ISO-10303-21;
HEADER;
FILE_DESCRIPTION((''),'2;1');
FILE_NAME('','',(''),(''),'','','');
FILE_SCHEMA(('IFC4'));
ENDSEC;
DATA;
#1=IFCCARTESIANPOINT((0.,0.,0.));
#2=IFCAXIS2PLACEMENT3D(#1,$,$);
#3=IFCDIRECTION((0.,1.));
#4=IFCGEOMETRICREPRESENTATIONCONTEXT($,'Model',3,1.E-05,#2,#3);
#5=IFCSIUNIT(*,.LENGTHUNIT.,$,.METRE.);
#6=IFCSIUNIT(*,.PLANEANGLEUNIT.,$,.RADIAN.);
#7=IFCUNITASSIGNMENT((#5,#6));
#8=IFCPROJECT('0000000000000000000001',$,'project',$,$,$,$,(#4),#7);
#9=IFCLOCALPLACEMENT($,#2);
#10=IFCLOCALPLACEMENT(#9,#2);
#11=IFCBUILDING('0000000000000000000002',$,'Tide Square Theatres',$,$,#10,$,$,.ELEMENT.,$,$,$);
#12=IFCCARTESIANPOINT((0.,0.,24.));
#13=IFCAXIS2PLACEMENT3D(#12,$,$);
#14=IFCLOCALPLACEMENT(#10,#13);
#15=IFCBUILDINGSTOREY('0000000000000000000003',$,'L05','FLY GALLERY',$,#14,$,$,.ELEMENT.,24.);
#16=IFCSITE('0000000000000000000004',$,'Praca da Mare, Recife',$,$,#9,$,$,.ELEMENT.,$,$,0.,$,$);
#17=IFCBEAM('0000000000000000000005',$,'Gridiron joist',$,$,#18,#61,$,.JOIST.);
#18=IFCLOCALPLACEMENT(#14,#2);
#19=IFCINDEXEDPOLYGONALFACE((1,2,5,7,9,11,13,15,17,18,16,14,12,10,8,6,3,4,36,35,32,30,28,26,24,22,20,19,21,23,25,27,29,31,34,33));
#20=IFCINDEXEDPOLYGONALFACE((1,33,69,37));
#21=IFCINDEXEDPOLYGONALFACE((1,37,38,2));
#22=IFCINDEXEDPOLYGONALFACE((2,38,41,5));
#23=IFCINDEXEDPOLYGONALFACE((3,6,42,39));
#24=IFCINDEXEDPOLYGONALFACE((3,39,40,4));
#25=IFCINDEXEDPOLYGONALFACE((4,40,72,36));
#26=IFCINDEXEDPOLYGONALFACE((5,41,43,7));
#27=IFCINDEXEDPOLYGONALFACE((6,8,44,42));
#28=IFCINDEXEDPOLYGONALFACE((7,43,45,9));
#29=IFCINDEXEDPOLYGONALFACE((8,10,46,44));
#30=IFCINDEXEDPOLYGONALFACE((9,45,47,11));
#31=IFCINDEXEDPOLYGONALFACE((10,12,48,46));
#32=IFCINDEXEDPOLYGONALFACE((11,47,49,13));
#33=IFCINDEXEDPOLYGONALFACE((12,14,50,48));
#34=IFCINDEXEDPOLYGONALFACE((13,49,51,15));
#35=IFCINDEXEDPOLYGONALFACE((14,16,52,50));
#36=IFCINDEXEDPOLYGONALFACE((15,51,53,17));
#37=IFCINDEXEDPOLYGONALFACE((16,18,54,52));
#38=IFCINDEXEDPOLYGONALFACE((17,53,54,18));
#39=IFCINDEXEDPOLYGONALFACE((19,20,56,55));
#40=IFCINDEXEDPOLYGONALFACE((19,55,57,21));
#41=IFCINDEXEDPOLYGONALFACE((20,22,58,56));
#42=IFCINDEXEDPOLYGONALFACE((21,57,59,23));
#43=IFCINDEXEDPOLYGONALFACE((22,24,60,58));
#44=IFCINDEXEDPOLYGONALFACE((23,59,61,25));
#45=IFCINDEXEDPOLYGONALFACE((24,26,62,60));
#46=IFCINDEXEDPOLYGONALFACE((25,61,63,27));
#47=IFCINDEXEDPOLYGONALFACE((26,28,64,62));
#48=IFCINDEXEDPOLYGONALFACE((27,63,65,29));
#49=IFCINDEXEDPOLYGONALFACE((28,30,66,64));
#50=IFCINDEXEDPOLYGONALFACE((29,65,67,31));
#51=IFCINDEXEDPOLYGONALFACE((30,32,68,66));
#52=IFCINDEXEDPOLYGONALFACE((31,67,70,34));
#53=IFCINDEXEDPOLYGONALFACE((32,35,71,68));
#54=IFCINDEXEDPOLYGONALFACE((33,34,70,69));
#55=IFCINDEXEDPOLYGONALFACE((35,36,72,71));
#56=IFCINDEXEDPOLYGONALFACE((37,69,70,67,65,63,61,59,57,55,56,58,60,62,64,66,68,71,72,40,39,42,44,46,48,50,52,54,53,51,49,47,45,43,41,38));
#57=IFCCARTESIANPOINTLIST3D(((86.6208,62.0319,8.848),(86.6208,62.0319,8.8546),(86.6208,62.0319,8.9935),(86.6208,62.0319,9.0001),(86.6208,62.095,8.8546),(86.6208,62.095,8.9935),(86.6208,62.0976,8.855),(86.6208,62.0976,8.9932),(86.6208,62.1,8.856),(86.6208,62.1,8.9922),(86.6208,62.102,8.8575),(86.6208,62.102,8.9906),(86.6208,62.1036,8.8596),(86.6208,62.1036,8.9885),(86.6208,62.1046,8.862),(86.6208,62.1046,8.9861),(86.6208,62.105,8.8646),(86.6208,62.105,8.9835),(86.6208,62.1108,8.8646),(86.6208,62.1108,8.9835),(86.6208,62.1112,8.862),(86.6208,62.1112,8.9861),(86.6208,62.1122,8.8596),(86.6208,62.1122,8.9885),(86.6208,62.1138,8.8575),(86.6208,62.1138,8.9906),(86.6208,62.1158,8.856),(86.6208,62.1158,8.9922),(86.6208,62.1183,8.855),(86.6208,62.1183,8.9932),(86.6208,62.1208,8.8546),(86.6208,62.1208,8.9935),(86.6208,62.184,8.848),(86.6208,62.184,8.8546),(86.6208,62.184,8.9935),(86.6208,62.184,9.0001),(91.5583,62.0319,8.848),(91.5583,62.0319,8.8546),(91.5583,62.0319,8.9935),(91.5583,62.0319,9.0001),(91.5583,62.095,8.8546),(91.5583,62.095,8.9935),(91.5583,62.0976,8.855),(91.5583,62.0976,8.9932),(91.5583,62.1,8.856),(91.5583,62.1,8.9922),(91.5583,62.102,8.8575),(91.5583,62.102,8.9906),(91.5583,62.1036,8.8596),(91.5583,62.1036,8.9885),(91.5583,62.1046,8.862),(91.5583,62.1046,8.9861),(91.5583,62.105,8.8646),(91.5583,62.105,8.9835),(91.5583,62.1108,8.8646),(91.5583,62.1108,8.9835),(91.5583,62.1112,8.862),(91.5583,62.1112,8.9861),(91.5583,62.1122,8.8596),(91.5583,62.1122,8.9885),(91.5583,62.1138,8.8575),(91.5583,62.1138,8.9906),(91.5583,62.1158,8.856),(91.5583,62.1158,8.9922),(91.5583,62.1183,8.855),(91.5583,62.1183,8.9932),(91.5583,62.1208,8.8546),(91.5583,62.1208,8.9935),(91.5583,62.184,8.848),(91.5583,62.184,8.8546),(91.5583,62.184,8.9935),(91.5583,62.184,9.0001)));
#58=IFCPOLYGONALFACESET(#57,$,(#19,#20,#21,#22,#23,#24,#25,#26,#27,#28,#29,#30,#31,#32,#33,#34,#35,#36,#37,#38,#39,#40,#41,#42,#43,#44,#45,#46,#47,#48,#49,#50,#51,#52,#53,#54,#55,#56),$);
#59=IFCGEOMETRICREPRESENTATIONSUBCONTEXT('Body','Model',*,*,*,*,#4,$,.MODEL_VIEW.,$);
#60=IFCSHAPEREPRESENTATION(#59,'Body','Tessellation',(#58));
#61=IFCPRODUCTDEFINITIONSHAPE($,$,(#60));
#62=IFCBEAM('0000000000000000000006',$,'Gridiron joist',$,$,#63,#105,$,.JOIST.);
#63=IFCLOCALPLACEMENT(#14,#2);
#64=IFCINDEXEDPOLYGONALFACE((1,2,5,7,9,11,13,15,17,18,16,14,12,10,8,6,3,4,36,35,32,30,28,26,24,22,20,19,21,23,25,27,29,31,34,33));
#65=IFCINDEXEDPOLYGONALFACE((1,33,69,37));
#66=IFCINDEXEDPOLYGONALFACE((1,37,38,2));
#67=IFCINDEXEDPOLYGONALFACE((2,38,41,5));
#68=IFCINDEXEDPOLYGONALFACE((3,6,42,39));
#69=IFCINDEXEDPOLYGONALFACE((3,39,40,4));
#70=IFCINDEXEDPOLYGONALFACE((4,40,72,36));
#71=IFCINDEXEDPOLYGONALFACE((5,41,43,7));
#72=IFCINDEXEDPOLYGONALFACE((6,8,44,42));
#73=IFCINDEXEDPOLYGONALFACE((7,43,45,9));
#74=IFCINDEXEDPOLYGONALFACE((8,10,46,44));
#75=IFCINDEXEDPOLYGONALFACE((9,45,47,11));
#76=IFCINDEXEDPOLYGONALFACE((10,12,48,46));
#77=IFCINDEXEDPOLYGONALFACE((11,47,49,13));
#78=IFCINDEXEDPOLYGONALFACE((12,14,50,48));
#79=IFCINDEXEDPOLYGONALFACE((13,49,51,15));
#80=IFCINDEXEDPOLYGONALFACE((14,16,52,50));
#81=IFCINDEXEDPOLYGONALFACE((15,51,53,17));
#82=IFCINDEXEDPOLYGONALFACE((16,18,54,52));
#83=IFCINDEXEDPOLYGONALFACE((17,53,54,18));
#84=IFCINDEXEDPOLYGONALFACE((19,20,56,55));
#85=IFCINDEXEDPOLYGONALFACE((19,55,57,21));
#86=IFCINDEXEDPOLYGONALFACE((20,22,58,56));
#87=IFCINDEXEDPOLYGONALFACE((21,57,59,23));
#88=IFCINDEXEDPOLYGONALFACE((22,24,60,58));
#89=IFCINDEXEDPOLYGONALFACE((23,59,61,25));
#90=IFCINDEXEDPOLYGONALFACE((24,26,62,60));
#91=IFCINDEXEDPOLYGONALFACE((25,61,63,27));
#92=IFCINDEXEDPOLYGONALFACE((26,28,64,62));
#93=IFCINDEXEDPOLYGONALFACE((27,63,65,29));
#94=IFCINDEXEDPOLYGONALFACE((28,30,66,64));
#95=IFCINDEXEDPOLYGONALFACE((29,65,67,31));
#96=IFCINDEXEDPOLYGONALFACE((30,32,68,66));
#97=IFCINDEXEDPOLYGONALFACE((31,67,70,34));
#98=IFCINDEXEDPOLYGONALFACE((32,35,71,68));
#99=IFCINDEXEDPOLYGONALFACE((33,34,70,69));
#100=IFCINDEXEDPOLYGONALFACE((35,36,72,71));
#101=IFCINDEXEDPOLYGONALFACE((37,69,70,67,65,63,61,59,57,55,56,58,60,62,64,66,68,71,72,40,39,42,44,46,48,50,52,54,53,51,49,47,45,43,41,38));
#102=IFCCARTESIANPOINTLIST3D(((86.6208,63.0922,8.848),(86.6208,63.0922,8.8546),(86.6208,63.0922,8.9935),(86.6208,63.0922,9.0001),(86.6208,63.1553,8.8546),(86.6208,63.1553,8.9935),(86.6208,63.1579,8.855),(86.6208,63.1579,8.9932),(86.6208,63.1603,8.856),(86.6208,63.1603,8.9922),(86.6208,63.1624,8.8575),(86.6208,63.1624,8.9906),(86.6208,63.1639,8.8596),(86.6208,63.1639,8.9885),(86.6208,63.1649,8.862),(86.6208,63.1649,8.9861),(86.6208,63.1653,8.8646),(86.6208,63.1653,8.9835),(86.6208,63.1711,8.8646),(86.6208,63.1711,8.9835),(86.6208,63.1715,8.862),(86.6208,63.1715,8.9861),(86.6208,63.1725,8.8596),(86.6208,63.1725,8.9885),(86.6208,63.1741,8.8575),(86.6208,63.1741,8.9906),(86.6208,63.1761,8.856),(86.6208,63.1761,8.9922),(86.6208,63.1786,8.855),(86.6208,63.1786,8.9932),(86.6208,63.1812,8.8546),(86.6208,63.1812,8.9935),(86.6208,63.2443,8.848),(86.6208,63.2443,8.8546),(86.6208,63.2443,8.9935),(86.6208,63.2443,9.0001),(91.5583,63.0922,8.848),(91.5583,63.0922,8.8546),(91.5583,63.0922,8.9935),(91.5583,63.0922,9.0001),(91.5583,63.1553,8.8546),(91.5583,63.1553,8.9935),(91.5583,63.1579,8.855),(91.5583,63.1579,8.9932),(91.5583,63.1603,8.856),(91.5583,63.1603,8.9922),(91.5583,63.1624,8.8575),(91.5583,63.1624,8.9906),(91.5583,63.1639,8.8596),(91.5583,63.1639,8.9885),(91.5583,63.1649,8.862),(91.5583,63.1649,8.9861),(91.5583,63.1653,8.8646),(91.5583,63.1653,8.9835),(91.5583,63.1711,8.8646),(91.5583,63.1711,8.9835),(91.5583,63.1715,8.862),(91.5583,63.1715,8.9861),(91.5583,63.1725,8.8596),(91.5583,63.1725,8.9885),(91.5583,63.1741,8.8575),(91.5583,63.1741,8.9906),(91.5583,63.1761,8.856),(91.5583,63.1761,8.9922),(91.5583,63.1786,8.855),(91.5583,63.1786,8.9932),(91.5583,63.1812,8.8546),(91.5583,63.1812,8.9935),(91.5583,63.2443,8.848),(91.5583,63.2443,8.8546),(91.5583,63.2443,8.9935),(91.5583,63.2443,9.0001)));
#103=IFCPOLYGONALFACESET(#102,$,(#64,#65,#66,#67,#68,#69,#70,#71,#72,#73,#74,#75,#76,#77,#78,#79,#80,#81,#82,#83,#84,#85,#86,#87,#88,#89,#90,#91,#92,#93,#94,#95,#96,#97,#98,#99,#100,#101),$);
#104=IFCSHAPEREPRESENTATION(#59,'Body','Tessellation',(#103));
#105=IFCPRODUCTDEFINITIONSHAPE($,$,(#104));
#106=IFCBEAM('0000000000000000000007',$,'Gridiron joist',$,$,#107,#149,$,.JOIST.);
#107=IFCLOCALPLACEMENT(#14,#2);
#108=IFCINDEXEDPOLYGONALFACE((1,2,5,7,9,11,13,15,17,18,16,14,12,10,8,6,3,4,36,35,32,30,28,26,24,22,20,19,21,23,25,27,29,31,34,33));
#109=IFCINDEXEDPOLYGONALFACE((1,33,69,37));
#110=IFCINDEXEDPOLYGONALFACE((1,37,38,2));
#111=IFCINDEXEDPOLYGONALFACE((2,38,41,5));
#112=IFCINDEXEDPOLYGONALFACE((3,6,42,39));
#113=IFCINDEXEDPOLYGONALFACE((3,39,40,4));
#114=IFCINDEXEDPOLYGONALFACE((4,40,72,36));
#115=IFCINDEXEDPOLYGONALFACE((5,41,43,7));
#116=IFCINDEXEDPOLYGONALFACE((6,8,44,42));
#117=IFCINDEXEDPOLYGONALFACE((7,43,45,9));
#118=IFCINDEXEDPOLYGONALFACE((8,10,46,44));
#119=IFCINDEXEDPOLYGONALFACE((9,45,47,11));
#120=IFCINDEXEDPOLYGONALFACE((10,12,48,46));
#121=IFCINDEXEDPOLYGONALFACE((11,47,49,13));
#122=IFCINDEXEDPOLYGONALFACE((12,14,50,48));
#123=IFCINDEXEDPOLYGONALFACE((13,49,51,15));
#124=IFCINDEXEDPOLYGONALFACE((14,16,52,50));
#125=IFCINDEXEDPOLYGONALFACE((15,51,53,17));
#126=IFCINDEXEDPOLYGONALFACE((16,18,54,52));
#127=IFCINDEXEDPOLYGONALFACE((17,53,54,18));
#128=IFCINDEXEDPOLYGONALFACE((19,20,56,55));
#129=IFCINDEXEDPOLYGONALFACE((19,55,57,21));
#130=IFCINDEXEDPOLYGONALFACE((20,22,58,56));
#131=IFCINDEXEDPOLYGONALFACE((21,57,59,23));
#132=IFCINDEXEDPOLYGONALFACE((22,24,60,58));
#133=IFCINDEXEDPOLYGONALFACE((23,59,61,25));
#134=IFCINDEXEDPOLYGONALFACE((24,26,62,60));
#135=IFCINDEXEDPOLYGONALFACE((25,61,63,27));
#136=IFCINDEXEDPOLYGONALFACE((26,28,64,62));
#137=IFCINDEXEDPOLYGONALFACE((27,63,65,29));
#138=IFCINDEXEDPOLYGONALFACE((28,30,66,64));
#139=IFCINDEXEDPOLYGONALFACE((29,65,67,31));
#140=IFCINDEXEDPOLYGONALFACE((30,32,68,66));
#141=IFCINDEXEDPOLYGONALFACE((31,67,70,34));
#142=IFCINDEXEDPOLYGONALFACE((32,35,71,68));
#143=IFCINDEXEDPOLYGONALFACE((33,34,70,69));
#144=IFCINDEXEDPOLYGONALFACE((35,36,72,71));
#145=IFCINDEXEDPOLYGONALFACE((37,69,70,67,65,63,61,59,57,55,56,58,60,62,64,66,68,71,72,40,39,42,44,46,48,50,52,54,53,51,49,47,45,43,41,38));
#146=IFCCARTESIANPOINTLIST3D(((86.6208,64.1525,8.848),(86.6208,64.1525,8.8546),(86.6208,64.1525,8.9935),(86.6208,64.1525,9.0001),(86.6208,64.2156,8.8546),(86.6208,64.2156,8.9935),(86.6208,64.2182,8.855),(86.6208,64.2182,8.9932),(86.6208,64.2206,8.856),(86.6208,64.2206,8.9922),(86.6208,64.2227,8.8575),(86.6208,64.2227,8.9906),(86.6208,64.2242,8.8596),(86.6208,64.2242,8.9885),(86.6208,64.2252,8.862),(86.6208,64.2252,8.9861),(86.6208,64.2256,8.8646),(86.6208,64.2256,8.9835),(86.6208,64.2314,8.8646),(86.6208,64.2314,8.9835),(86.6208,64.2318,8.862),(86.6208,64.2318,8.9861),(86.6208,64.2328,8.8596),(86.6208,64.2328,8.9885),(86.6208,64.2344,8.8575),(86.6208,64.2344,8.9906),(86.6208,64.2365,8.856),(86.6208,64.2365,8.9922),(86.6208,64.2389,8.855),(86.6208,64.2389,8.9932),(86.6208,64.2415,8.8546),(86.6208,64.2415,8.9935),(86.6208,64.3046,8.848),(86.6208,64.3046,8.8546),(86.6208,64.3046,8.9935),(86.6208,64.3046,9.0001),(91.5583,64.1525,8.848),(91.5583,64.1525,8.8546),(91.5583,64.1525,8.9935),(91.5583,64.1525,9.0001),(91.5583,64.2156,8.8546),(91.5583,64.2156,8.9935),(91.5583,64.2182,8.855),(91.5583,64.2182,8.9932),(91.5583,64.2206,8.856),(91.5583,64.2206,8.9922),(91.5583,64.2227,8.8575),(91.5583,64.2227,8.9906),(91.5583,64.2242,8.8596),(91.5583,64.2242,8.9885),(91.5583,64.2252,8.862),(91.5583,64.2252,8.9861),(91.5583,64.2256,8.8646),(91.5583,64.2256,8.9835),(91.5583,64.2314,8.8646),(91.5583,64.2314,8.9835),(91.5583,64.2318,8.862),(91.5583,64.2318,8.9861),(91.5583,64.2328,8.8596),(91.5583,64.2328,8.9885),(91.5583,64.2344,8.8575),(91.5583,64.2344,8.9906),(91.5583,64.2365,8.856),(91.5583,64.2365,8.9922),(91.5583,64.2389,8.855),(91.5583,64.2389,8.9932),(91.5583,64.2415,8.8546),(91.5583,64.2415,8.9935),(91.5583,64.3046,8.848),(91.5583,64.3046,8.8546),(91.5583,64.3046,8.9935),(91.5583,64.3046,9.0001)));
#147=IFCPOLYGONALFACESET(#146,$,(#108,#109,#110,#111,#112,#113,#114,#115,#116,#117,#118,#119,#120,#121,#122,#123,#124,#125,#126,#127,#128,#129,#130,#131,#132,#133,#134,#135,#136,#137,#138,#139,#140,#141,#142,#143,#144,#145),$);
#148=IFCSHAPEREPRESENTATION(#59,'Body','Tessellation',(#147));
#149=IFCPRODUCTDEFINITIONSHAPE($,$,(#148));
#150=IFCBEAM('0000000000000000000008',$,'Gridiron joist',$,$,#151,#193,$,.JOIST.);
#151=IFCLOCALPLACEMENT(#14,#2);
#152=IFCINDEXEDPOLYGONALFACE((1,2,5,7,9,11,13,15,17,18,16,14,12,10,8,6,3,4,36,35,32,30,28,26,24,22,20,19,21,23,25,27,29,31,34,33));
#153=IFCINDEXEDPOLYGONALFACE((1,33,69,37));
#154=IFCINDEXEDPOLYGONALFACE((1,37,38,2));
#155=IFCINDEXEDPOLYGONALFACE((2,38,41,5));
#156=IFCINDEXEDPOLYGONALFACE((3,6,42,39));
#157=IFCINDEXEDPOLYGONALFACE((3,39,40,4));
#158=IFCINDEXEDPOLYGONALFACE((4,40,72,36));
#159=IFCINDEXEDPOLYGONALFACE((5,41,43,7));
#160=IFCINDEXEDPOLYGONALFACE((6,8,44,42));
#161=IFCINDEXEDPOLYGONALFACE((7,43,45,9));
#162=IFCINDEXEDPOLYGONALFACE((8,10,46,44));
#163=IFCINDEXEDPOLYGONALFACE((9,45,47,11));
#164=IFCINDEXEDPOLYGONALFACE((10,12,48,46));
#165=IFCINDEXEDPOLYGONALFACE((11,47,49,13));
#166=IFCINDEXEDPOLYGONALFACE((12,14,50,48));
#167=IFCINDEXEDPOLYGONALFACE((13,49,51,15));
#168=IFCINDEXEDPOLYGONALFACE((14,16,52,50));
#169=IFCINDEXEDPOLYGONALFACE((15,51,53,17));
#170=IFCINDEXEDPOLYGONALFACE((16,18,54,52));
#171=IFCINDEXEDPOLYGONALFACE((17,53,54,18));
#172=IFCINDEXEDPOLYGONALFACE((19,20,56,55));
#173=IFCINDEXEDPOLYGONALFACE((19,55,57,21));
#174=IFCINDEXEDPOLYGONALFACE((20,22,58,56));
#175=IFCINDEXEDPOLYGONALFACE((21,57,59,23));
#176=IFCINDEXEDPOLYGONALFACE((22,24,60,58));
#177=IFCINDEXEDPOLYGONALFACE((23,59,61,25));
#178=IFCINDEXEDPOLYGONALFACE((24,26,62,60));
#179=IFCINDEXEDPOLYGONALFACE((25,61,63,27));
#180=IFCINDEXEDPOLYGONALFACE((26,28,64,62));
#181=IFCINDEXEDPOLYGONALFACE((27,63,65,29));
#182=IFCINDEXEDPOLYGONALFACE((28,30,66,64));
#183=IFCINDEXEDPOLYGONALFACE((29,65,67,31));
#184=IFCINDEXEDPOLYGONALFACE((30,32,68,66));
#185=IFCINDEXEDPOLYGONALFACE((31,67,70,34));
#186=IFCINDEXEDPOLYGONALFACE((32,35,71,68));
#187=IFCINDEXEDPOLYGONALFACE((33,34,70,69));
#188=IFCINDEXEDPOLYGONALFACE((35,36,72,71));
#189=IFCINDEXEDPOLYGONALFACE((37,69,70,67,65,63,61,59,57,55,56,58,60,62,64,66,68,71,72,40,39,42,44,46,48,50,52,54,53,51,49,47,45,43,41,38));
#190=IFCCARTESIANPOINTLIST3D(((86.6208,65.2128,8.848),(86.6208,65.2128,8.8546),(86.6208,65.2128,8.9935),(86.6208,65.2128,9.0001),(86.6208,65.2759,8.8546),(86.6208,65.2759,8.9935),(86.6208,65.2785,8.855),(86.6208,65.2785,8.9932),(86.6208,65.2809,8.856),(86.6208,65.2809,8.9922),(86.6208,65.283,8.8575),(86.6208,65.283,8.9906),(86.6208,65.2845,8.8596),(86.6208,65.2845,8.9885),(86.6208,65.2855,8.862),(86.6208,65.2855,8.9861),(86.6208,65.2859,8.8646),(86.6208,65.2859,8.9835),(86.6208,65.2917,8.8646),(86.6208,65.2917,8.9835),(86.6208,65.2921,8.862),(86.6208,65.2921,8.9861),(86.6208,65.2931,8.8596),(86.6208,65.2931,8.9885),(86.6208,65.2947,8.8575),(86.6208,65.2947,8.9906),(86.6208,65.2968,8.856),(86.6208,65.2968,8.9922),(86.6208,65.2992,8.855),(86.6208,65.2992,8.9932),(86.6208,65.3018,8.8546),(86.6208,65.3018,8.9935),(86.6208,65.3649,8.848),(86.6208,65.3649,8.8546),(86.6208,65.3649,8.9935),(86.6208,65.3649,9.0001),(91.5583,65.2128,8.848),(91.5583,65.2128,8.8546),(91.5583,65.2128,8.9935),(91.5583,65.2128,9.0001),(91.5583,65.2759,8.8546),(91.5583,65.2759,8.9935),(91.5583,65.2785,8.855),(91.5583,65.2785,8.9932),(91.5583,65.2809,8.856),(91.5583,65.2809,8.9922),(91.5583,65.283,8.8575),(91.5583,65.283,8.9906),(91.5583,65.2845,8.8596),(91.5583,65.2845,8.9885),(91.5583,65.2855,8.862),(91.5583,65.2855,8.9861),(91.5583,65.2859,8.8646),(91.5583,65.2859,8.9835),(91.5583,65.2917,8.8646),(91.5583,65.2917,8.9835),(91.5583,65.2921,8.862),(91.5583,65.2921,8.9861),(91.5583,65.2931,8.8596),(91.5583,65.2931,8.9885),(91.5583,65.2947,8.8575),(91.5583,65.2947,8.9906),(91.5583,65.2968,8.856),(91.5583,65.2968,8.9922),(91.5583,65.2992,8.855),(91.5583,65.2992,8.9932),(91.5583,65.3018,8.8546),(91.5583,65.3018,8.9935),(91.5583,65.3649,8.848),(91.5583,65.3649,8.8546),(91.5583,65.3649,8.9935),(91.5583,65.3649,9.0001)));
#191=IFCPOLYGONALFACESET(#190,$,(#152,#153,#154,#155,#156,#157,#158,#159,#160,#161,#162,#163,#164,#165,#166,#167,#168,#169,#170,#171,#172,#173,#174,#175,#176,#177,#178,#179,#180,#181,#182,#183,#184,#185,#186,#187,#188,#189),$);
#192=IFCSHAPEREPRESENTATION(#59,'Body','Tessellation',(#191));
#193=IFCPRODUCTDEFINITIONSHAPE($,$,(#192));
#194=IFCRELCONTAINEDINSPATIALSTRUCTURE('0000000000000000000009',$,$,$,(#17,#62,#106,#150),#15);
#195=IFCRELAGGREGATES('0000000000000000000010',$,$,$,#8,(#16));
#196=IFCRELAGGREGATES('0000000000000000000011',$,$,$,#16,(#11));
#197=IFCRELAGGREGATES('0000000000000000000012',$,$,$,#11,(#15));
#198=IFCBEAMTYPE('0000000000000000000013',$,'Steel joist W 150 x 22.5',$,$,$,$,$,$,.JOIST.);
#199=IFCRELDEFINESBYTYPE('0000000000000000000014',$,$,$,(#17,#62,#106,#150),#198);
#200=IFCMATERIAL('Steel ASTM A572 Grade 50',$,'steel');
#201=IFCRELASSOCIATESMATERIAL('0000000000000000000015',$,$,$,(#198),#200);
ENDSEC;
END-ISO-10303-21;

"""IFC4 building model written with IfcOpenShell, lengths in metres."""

from ifc_helpers import new_model, si_unit, direction, frame, origin, origin_2d, place, context, subcontext, project, spatial, i_section, extrude, material, material_profile, profile_set, type_object, element, save


model = new_model("IFC4")

# Units and contexts
model_context = context("Model", 3, precision=1e-05, world=origin(), true_north=direction((0.0, 1.0)))
body_context = subcontext(model_context, "Body", "Model", "MODEL_VIEW")
ifc_project = project(units=[si_unit("LENGTHUNIT", "METRE"), si_unit("PLANEANGLEUNIT", "RADIAN")], contexts=[model_context])

# Site, building, storey
site_placement = place(None, origin())
site = spatial("IfcSite", under=ifc_project, at=site_placement, Name="Praca da Mare, Recife", CompositionType="ELEMENT", RefElevation=0.0)
building_placement = place(site_placement, origin())
building = spatial("IfcBuilding", under=site, at=building_placement, Name="Tide Square Theatres", CompositionType="ELEMENT")
storey_placement = place(building_placement, frame((0.0, 0.0, 24.0)))
storey = spatial("IfcBuildingStorey", under=building, at=storey_placement, Name="L05", Description="FLY GALLERY", CompositionType="ELEMENT", Elevation=24.0)

# Beams
ifc_material_1 = material(Name="Steel ASTM A572 Grade 50", Category="steel")
ifc_material_profile_1 = material_profile(ifc_material_1, i_section(OverallWidth=0.1521, OverallDepth=0.1521, WebThickness=0.0059, FlangeThickness=0.0066, FilletRadius=0.01, at=origin_2d()))
ifc_profile_set_1 = profile_set([ifc_material_profile_1], Name="Steel ASTM A572 Grade 50")
beam_type_1 = type_object("IfcBeamType", Name="Steel joist W 150 x 22.5", PredefinedType="JOIST", material=ifc_profile_set_1)
for number, where, z_axis, x_axis, name in (
    (1, (86.6208, 62.1079, 8.9241), (1.0, 0.0, 0.0), (0.0, 1.0, 0.0), "Gridiron joist"),
    (2, (86.6208, 63.1682, 8.9241), (1.0, 0.0, 0.0), (0.0, 1.0, 0.0), "Gridiron joist"),
    (3, (86.6208, 64.2285, 8.9241), (1.0, 0.0, 0.0), (0.0, 1.0, 0.0), "Gridiron joist"),
    (4, (86.6208, 65.2888, 8.9241), (1.0, 0.0, 0.0), (0.0, 1.0, 0.0), "Gridiron joist"),
):
    element("IfcBeam", number, at=place(storey_placement, frame(where, z_axis=z_axis, x_axis=x_axis)), inside=storey, type_object=beam_type_1, Name=name, PredefinedType="JOIST", context=body_context, shape_type="SweptSolid", body=[
        extrude(i_section(OverallWidth=0.1521, OverallDepth=0.1521, WebThickness=0.0059, FlangeThickness=0.0066, FilletRadius=0.01, at=origin_2d()), origin(), (0.0, 0.0, 1.0), 4.9375),
    ])

save(model, "model.ifc")
